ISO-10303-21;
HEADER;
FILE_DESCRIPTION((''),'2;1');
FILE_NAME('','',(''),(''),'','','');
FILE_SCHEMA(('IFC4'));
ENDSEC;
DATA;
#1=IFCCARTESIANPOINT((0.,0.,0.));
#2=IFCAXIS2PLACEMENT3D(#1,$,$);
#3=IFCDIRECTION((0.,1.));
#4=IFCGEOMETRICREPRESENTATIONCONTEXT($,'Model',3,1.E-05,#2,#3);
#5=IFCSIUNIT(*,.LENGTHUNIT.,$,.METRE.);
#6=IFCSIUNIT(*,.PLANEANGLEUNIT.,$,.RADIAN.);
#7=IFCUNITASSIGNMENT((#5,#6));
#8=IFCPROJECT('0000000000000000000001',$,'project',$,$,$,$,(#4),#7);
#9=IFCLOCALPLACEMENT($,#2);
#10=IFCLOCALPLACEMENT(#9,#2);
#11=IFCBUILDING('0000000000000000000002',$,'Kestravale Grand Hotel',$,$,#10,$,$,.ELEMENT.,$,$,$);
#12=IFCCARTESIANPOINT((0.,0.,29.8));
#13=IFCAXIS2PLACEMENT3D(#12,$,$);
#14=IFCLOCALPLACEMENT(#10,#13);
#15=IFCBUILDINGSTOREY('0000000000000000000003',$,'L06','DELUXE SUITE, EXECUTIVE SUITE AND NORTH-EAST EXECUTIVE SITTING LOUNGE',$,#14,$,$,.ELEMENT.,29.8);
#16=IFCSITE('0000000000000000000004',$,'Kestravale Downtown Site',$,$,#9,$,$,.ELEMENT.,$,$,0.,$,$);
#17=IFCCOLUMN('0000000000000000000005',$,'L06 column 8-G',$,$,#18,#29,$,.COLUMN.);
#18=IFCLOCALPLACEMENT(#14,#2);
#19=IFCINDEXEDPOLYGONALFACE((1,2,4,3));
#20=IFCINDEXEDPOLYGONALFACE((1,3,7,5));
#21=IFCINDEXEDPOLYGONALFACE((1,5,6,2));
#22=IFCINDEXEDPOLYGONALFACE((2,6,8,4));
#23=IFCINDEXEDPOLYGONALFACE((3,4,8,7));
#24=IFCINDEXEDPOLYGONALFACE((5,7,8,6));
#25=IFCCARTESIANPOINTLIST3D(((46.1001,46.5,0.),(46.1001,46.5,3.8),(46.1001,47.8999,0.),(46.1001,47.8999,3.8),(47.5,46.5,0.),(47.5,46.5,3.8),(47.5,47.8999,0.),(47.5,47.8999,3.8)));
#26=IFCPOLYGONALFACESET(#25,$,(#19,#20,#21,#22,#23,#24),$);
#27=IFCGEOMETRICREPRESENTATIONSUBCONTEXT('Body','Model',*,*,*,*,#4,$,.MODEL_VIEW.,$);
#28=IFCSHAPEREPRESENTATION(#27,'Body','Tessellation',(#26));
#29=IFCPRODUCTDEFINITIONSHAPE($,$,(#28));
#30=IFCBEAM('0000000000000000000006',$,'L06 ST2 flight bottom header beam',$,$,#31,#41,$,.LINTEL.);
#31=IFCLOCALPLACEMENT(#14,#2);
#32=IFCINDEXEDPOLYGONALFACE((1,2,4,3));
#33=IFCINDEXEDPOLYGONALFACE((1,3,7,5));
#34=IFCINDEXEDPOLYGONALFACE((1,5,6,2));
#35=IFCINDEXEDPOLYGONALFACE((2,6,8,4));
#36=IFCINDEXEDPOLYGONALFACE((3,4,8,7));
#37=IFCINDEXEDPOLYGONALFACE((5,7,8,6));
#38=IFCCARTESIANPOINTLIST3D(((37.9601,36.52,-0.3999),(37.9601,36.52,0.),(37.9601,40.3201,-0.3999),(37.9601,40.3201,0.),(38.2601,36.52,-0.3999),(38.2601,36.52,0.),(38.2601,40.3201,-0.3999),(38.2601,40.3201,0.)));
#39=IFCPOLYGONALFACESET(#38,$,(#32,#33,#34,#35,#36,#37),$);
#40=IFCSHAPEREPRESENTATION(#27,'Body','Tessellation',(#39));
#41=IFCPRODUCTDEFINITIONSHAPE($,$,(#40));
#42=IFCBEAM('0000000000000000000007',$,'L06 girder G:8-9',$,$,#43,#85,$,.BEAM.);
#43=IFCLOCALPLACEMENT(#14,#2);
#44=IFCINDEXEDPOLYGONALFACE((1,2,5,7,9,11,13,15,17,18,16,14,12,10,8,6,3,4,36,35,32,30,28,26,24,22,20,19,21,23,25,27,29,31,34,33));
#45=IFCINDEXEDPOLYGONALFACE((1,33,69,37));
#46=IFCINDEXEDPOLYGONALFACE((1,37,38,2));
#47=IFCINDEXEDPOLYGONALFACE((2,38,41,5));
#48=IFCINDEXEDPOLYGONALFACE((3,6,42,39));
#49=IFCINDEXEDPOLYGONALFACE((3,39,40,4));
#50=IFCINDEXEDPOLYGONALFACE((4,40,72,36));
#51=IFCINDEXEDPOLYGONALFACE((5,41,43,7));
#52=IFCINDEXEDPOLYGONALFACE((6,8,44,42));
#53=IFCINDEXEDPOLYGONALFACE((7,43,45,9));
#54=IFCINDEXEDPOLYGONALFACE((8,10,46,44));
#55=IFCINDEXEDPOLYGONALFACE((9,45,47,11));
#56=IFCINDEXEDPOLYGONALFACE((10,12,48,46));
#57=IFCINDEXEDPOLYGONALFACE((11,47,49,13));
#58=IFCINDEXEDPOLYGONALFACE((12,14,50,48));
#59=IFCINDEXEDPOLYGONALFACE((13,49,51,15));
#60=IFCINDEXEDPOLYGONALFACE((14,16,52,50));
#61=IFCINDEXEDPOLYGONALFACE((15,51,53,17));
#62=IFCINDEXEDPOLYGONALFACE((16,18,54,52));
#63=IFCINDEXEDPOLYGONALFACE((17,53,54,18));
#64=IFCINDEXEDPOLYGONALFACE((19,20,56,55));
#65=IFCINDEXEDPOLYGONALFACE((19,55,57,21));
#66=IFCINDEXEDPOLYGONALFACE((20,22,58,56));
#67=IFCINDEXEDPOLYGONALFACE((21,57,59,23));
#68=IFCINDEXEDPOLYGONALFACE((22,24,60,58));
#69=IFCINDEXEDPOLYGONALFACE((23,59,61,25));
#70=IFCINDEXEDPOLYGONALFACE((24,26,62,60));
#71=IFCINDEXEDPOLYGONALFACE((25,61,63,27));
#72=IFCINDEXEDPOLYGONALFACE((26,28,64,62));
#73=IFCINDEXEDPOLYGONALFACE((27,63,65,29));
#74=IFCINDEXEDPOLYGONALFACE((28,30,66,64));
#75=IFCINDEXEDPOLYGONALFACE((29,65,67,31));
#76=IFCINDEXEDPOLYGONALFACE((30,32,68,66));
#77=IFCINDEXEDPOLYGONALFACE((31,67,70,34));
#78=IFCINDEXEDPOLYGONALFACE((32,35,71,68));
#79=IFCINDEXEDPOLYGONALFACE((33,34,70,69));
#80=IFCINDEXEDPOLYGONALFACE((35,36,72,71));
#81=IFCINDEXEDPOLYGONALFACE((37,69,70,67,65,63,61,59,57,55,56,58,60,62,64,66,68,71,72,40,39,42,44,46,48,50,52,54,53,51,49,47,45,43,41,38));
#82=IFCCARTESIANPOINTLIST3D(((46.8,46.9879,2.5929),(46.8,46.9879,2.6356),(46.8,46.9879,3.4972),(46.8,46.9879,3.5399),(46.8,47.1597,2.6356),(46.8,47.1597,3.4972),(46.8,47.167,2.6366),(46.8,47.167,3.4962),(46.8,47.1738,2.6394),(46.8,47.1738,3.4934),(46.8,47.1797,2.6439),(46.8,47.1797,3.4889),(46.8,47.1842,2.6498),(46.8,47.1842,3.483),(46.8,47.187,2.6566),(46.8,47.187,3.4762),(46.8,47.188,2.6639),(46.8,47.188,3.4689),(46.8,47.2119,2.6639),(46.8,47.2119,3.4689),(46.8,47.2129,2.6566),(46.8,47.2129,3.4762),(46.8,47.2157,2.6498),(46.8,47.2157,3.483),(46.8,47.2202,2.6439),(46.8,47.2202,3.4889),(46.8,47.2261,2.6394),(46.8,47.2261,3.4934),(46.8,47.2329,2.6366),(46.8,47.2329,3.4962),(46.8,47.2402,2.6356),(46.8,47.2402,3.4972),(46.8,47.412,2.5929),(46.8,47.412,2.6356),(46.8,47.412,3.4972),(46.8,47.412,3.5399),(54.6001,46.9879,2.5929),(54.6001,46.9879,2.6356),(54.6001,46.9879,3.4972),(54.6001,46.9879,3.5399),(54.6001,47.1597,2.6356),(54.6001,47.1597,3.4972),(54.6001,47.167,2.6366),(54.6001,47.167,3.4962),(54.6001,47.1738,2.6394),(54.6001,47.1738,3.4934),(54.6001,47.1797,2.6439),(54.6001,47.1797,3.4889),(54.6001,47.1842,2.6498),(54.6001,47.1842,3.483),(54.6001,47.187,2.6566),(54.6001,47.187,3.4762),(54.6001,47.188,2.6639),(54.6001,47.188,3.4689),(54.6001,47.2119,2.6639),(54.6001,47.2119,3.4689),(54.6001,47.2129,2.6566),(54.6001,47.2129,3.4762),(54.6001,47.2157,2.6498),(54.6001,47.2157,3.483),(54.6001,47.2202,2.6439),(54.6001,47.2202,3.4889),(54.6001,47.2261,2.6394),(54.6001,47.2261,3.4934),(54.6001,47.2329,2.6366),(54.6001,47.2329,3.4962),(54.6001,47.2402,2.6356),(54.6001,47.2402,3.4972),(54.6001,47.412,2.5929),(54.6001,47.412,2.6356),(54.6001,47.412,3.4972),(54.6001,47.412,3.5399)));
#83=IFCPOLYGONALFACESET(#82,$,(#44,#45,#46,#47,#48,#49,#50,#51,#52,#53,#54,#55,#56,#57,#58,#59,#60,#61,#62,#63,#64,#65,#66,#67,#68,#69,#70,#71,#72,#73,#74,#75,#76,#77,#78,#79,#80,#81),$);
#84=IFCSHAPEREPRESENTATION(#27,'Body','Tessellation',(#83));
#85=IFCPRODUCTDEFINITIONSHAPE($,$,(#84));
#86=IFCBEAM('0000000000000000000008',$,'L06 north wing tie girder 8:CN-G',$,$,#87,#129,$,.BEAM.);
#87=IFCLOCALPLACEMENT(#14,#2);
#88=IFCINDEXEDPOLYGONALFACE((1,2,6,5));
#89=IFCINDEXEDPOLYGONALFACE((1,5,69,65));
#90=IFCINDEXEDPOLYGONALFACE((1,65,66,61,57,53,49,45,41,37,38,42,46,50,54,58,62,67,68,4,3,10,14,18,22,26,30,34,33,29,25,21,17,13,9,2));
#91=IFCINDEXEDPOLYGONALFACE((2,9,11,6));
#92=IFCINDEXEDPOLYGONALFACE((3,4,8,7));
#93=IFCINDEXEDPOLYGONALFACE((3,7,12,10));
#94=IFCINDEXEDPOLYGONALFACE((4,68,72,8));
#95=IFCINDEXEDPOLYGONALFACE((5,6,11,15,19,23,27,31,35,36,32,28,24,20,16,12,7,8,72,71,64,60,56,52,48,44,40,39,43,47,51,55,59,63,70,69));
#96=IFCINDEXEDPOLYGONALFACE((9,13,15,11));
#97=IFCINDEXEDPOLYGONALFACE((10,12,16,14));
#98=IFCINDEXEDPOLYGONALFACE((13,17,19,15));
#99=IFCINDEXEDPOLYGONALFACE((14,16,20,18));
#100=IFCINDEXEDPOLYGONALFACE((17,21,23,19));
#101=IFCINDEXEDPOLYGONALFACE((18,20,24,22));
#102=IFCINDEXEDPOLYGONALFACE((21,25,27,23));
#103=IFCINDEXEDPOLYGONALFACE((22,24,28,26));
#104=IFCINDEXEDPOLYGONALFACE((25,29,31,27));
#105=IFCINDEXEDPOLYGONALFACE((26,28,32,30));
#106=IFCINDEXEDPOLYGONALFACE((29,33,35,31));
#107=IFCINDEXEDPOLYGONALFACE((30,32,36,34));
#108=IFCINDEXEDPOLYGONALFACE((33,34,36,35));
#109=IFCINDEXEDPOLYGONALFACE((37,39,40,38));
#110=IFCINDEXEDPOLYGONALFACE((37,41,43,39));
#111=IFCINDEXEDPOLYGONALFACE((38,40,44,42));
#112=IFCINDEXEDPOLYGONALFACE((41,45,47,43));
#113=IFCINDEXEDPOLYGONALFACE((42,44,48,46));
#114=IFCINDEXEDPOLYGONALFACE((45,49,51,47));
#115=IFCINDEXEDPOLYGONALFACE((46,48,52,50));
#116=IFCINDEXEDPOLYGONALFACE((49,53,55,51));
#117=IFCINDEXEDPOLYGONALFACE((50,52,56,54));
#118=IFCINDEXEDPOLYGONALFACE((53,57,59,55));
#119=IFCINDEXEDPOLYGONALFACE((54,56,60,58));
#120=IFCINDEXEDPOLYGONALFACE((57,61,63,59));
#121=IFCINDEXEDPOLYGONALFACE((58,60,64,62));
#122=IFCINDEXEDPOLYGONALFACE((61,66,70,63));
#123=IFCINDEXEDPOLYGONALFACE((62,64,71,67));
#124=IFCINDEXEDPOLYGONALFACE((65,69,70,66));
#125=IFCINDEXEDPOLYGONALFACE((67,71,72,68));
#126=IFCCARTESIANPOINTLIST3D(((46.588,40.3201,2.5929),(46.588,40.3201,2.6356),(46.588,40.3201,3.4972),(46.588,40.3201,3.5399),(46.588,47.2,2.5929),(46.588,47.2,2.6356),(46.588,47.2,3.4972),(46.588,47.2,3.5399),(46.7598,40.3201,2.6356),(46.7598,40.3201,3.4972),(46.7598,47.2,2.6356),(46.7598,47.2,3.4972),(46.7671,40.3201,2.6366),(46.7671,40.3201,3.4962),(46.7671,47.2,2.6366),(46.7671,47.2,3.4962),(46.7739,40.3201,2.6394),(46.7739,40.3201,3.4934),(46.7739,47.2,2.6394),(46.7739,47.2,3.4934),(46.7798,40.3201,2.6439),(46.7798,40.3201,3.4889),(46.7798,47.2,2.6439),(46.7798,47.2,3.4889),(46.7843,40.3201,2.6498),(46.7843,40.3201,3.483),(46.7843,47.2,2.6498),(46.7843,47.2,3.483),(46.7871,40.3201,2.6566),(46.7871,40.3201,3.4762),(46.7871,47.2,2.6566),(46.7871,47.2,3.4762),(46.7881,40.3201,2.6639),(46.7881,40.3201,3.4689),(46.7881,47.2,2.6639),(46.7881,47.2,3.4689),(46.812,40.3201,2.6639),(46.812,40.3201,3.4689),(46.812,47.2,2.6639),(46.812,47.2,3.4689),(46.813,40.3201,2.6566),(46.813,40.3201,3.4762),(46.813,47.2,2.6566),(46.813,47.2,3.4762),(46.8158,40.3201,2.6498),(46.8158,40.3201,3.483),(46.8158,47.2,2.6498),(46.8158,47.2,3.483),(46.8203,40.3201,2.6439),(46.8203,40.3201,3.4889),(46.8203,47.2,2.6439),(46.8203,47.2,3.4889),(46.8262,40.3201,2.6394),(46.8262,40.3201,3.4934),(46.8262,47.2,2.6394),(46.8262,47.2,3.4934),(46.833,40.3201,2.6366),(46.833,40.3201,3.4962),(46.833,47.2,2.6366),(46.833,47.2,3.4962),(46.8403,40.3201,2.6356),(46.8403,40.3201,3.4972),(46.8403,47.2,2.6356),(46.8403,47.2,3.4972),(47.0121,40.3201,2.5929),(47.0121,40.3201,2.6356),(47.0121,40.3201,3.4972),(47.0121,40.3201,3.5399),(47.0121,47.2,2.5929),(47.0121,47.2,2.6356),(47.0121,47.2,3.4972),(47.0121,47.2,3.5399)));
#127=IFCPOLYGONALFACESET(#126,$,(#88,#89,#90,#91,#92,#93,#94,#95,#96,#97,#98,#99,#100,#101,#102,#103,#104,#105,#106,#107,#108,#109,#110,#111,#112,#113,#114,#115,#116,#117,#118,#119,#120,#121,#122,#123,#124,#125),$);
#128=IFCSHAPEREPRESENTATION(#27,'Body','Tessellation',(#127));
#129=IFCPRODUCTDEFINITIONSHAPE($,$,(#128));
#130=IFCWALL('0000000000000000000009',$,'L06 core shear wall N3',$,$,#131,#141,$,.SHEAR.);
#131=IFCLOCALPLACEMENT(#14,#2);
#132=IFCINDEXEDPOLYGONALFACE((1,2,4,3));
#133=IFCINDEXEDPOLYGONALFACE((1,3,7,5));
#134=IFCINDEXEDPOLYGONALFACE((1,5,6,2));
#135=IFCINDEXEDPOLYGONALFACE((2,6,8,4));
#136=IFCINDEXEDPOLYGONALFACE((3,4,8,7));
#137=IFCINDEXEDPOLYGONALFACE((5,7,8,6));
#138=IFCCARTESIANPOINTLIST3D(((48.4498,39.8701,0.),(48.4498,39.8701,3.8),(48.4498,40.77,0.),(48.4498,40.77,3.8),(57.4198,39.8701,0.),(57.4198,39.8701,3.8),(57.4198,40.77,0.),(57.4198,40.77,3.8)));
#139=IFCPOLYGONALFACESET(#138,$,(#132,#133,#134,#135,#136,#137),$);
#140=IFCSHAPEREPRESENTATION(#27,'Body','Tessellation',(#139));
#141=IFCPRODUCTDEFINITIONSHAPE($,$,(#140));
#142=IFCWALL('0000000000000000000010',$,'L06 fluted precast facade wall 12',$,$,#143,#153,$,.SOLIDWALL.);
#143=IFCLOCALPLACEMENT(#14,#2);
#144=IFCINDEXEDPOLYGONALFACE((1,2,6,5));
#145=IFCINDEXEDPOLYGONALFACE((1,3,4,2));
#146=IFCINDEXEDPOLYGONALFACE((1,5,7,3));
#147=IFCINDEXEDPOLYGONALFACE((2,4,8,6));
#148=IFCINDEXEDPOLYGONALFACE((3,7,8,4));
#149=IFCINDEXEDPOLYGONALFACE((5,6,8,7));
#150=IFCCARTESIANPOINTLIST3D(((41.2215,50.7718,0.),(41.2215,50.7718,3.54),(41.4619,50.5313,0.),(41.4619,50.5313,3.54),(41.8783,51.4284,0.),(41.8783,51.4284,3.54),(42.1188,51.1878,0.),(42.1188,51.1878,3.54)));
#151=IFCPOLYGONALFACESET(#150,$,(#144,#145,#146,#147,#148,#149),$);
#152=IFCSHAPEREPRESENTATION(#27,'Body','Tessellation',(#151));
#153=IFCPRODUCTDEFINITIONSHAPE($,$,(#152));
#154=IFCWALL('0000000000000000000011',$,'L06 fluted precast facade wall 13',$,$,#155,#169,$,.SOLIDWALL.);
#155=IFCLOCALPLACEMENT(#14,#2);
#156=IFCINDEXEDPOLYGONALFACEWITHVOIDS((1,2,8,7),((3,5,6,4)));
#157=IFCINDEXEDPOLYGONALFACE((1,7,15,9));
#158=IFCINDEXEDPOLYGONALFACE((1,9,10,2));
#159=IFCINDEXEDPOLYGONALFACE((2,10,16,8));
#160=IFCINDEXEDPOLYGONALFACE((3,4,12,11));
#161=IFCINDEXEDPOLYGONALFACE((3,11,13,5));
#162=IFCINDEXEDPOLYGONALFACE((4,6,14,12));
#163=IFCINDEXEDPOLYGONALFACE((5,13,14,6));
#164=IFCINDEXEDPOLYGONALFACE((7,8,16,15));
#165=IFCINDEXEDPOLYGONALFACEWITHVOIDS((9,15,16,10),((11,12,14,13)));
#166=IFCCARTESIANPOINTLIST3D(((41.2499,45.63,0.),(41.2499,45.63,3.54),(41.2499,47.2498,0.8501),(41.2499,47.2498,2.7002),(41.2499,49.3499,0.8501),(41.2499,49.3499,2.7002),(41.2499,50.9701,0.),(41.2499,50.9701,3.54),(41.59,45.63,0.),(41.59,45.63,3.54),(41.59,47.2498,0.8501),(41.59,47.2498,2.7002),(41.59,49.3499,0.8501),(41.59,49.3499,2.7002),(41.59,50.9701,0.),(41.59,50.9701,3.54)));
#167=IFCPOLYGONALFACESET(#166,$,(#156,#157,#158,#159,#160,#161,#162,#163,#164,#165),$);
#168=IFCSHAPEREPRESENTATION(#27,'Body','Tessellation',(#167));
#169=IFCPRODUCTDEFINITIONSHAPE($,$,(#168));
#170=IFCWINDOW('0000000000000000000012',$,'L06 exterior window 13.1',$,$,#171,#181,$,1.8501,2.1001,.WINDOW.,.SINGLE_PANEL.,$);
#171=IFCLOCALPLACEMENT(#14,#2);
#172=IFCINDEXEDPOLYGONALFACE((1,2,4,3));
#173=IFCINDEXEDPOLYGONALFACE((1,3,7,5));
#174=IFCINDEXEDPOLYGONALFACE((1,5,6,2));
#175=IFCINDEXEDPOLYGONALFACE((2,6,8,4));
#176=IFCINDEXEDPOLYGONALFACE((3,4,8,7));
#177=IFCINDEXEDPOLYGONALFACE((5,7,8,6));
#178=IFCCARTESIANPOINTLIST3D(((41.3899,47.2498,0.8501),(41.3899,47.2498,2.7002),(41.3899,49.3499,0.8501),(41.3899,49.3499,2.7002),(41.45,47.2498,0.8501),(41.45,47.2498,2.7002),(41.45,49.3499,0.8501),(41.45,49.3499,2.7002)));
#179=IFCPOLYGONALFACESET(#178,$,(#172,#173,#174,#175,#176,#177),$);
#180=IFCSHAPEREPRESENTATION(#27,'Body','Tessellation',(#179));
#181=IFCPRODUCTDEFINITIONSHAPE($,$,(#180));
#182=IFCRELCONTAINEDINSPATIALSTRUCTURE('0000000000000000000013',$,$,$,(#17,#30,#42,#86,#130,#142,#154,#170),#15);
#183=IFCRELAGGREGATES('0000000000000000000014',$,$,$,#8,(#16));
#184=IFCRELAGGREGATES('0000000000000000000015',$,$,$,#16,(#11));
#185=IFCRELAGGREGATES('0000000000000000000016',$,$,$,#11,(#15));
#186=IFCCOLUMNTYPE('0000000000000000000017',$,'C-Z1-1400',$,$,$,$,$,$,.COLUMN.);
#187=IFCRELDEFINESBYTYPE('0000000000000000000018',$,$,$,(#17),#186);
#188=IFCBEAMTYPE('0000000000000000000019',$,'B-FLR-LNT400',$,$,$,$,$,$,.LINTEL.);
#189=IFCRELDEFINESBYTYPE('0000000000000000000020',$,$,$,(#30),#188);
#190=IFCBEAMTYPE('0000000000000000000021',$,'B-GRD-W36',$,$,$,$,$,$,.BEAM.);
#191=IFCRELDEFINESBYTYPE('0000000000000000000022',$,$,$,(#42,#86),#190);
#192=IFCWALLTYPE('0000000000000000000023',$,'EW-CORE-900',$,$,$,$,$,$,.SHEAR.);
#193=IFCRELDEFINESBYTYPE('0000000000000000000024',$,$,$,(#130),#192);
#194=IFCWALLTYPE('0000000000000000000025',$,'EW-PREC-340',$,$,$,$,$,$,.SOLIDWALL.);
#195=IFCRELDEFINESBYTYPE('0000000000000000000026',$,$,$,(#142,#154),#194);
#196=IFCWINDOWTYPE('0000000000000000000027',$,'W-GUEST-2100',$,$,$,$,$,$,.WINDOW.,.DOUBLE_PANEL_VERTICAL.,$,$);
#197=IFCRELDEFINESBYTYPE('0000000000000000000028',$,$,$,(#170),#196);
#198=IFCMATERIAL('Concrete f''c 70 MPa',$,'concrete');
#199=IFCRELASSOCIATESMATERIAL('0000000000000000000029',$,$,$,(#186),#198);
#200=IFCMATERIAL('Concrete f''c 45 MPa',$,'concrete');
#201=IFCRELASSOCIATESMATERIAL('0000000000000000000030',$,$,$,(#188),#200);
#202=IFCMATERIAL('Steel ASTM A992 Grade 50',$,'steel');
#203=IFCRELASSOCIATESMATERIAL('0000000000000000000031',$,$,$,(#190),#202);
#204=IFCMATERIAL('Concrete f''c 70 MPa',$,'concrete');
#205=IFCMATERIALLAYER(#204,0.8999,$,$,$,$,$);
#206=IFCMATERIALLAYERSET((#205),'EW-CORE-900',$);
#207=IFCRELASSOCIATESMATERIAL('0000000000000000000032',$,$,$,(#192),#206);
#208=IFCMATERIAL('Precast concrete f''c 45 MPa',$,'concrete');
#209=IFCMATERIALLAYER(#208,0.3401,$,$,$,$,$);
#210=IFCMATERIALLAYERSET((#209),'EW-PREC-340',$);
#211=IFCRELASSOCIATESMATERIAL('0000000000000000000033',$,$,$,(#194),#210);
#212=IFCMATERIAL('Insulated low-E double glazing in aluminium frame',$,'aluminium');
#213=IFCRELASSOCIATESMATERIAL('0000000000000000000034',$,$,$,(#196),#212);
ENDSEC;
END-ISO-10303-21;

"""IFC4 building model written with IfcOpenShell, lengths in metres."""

from ifc_helpers import new_model, si_unit, direction, frame, frame_2d, origin, origin_2d, place, context, subcontext, project, spatial, rectangle, i_section, extrude, material, layer, layer_set, material_profile, profile_set, type_object, element, fill, save


model = new_model("IFC4")

# Units and contexts
model_context = context("Model", 3, precision=1e-05, world=origin(), true_north=direction((0.0, 1.0)))
body_context = subcontext(model_context, "Body", "Model", "MODEL_VIEW")
ifc_project = project(units=[si_unit("LENGTHUNIT", "METRE"), si_unit("PLANEANGLEUNIT", "RADIAN")], contexts=[model_context])

# Site, building, storey
site_placement = place(None, origin())
site = spatial("IfcSite", under=ifc_project, at=site_placement, Name="Kestravale Downtown Site", CompositionType="ELEMENT", RefElevation=0.0)
building_placement = place(site_placement, origin())
building = spatial("IfcBuilding", under=site, at=building_placement, Name="Kestravale Grand Hotel", CompositionType="ELEMENT")
storey_placement = place(building_placement, frame((0.0, 0.0, 29.8)))
storey = spatial("IfcBuildingStorey", under=building, at=storey_placement, Name="L06", Description="DELUXE SUITE, EXECUTIVE SUITE AND NORTH-EAST EXECUTIVE SITTING LOUNGE", CompositionType="ELEMENT", Elevation=29.8)

# Column
ifc_material_1 = material(Name="Concrete f'c 70 MPa", Category="concrete")
ifc_material_profile_1 = material_profile(ifc_material_1, rectangle(XDim=1.3999, YDim=1.3999, at=origin_2d()))
ifc_profile_set_1 = profile_set([ifc_material_profile_1], Name="Concrete f'c 70 MPa")
column_type = type_object("IfcColumnType", Name="C-Z1-1400", PredefinedType="COLUMN", material=ifc_profile_set_1)
column_placement = place(storey_placement, frame((46.8, 47.2, 0.0), z_axis=(0.0, 0.0, 1.0), x_axis=(1.0, 0.0, 0.0)))
element("IfcColumn", 1, at=column_placement, inside=storey, type_object=column_type, Name="L06 column 8-G", PredefinedType="COLUMN", context=body_context, shape_type="SweptSolid", body=[
    extrude(rectangle(XDim=1.3999, YDim=1.3999, at=origin_2d()), origin(), (0.0, 0.0, 1.0), 3.8),
])

# Beams
ifc_material_2 = material(Name="Concrete f'c 45 MPa", Category="concrete")
ifc_material_profile_2 = material_profile(ifc_material_2, rectangle(XDim=0.3, YDim=0.3999, at=origin_2d()))
ifc_profile_set_2 = profile_set([ifc_material_profile_2], Name="Concrete f'c 45 MPa")
beam_type_1 = type_object("IfcBeamType", Name="B-FLR-LNT400", PredefinedType="LINTEL", material=ifc_profile_set_2)
beam_1_placement = place(storey_placement, frame((38.1101, 36.52, -0.2), z_axis=(0.0, 1.0, 0.0), x_axis=(-1.0, 0.0, 0.0)))
element("IfcBeam", 2, at=beam_1_placement, inside=storey, type_object=beam_type_1, Name="L06 ST2 flight bottom header beam", PredefinedType="LINTEL", context=body_context, shape_type="SweptSolid", body=[
    extrude(rectangle(XDim=0.3, YDim=0.3999, at=origin_2d()), origin(), (0.0, 0.0, 1.0), 3.8),
])
ifc_material_3 = material(Name="Steel ASTM A992 Grade 50", Category="steel")
ifc_material_profile_3 = material_profile(ifc_material_3, i_section(OverallWidth=0.4241, OverallDepth=0.947, WebThickness=0.0239, FlangeThickness=0.0427, FilletRadius=0.0283, at=origin_2d()))
ifc_profile_set_3 = profile_set([ifc_material_profile_3], Name="Steel ASTM A992 Grade 50")
beam_type_2 = type_object("IfcBeamType", Name="B-GRD-W36", PredefinedType="BEAM", material=ifc_profile_set_3)
beam_2_placement = place(storey_placement, frame((46.8, 47.2, 3.0664), z_axis=(1.0, 0.0, 0.0), x_axis=(0.0, 1.0, 0.0)))
element("IfcBeam", 3, at=beam_2_placement, inside=storey, type_object=beam_type_2, Name="L06 girder G:8-9", PredefinedType="BEAM", context=body_context, shape_type="SweptSolid", body=[
    extrude(i_section(OverallWidth=0.4241, OverallDepth=0.947, WebThickness=0.0239, FlangeThickness=0.0427, FilletRadius=0.0283, at=origin_2d()), origin(), (0.0, 0.0, 1.0), 7.8),
])
beam_3_placement = place(storey_placement, frame((46.8, 40.3201, 3.0664), z_axis=(0.0, 1.0, 0.0), x_axis=(-1.0, 0.0, 0.0)))
element("IfcBeam", 4, at=beam_3_placement, inside=storey, type_object=beam_type_2, Name="L06 north wing tie girder 8:CN-G", PredefinedType="BEAM", context=body_context, shape_type="SweptSolid", body=[
    extrude(i_section(OverallWidth=0.4241, OverallDepth=0.947, WebThickness=0.0239, FlangeThickness=0.0427, FilletRadius=0.0283, at=origin_2d()), origin(), (0.0, 0.0, 1.0), 6.8799),
])

# Walls
ifc_material_4 = material(Name="Concrete f'c 70 MPa", Category="concrete")
ifc_layer_1 = layer(ifc_material_4, 0.8999)
ifc_layer_set_1 = layer_set([ifc_layer_1], Name="EW-CORE-900")
wall_type_1 = type_object("IfcWallType", Name="EW-CORE-900", PredefinedType="SHEAR", material=ifc_layer_set_1)
wall_1_placement = place(storey_placement, frame((48.45, 40.3201, 0.0), z_axis=(0.0, 0.0, 1.0), x_axis=(1.0, 0.0, 0.0)))
element("IfcWall", 5, at=wall_1_placement, inside=storey, type_object=wall_type_1, Name="L06 core shear wall N3", PredefinedType="SHEAR", context=body_context, shape_type="SweptSolid", body=[
    extrude(rectangle(XDim=8.97, YDim=0.8999, at=frame_2d((4.4849, 0.0))), origin(), (0.0, 0.0, 1.0), 3.8),
])
ifc_material_5 = material(Name="Precast concrete f'c 45 MPa", Category="concrete")
ifc_layer_2 = layer(ifc_material_5, 0.3401)
ifc_layer_set_2 = layer_set([ifc_layer_2], Name="EW-PREC-340")
wall_type_2 = type_object("IfcWallType", Name="EW-PREC-340", PredefinedType="SOLIDWALL", material=ifc_layer_set_2)
wall_2_placement = place(storey_placement, frame((41.9985, 51.3081, 0.0), z_axis=(0.0, 0.0, 1.0), x_axis=(-0.707238, -0.706975, 0.0)))
element("IfcWall", 6, at=wall_2_placement, inside=storey, type_object=wall_type_2, Name="L06 fluted precast facade wall 12", PredefinedType="SOLIDWALL", context=body_context, shape_type="SweptSolid", body=[
    extrude(rectangle(XDim=0.9287, YDim=0.3401, at=frame_2d((0.4644, 0.0))), origin(), (0.0, 0.0, 1.0), 3.54),
])

# Wall, opening, window
wall_3_placement = place(storey_placement, frame((41.4199, 50.97, 0.0), z_axis=(0.0, 0.0, 1.0), x_axis=(0.0, -1.0, 0.0)))
wall_3 = element("IfcWall", 7, at=wall_3_placement, inside=storey, type_object=wall_type_2, Name="L06 fluted precast facade wall 13", PredefinedType="SOLIDWALL", context=body_context, shape_type="SweptSolid", body=[
    extrude(rectangle(XDim=5.3401, YDim=0.3401, at=frame_2d((2.6699, 0.0))), origin(), (0.0, 0.0, 1.0), 3.54),
])
opening_1_placement = place(wall_3_placement, frame((1.6201, 0.0, 0.8501)))
opening_1 = element("IfcOpeningElement", 8, at=opening_1_placement, cuts=wall_3, PredefinedType="OPENING", context=body_context, shape_type="SweptSolid", body=[
    extrude(rectangle(XDim=2.1001, YDim=1.8501, at=frame_2d((1.05, 0.925))), frame((0.0, 0.1799, 0.0), z_axis=(0.0, -1.0, 0.0), x_axis=(1.0, 0.0, 0.0)), (0.0, 0.0, 1.0), 0.3601),
])
ifc_material_6 = material(Name="Insulated low-E double glazing in aluminium frame", Category="aluminium")
window_type = type_object("IfcWindowType", Name="W-GUEST-2100", PartitioningType="DOUBLE_PANEL_VERTICAL", PredefinedType="WINDOW", material=ifc_material_6)
window_1_placement = place(opening_1_placement, origin())
window_1 = element("IfcWindow", 9, at=window_1_placement, inside=storey, type_object=window_type, Name="L06 exterior window 13.1", OverallHeight=1.8501, OverallWidth=2.1001, PartitioningType="SINGLE_PANEL", PredefinedType="WINDOW", context=body_context, shape_type="SweptSolid", body=[
    extrude(rectangle(XDim=2.1001, YDim=1.8501, at=frame_2d((1.05, 0.925))), frame((0.0, 0.03, 0.0), z_axis=(0.0, -1.0, 0.0), x_axis=(1.0, 0.0, 0.0)), (0.0, 0.0, 1.0), 0.0601),
])
fill(opening_1, window_1)

save(model, "model.ifc")
